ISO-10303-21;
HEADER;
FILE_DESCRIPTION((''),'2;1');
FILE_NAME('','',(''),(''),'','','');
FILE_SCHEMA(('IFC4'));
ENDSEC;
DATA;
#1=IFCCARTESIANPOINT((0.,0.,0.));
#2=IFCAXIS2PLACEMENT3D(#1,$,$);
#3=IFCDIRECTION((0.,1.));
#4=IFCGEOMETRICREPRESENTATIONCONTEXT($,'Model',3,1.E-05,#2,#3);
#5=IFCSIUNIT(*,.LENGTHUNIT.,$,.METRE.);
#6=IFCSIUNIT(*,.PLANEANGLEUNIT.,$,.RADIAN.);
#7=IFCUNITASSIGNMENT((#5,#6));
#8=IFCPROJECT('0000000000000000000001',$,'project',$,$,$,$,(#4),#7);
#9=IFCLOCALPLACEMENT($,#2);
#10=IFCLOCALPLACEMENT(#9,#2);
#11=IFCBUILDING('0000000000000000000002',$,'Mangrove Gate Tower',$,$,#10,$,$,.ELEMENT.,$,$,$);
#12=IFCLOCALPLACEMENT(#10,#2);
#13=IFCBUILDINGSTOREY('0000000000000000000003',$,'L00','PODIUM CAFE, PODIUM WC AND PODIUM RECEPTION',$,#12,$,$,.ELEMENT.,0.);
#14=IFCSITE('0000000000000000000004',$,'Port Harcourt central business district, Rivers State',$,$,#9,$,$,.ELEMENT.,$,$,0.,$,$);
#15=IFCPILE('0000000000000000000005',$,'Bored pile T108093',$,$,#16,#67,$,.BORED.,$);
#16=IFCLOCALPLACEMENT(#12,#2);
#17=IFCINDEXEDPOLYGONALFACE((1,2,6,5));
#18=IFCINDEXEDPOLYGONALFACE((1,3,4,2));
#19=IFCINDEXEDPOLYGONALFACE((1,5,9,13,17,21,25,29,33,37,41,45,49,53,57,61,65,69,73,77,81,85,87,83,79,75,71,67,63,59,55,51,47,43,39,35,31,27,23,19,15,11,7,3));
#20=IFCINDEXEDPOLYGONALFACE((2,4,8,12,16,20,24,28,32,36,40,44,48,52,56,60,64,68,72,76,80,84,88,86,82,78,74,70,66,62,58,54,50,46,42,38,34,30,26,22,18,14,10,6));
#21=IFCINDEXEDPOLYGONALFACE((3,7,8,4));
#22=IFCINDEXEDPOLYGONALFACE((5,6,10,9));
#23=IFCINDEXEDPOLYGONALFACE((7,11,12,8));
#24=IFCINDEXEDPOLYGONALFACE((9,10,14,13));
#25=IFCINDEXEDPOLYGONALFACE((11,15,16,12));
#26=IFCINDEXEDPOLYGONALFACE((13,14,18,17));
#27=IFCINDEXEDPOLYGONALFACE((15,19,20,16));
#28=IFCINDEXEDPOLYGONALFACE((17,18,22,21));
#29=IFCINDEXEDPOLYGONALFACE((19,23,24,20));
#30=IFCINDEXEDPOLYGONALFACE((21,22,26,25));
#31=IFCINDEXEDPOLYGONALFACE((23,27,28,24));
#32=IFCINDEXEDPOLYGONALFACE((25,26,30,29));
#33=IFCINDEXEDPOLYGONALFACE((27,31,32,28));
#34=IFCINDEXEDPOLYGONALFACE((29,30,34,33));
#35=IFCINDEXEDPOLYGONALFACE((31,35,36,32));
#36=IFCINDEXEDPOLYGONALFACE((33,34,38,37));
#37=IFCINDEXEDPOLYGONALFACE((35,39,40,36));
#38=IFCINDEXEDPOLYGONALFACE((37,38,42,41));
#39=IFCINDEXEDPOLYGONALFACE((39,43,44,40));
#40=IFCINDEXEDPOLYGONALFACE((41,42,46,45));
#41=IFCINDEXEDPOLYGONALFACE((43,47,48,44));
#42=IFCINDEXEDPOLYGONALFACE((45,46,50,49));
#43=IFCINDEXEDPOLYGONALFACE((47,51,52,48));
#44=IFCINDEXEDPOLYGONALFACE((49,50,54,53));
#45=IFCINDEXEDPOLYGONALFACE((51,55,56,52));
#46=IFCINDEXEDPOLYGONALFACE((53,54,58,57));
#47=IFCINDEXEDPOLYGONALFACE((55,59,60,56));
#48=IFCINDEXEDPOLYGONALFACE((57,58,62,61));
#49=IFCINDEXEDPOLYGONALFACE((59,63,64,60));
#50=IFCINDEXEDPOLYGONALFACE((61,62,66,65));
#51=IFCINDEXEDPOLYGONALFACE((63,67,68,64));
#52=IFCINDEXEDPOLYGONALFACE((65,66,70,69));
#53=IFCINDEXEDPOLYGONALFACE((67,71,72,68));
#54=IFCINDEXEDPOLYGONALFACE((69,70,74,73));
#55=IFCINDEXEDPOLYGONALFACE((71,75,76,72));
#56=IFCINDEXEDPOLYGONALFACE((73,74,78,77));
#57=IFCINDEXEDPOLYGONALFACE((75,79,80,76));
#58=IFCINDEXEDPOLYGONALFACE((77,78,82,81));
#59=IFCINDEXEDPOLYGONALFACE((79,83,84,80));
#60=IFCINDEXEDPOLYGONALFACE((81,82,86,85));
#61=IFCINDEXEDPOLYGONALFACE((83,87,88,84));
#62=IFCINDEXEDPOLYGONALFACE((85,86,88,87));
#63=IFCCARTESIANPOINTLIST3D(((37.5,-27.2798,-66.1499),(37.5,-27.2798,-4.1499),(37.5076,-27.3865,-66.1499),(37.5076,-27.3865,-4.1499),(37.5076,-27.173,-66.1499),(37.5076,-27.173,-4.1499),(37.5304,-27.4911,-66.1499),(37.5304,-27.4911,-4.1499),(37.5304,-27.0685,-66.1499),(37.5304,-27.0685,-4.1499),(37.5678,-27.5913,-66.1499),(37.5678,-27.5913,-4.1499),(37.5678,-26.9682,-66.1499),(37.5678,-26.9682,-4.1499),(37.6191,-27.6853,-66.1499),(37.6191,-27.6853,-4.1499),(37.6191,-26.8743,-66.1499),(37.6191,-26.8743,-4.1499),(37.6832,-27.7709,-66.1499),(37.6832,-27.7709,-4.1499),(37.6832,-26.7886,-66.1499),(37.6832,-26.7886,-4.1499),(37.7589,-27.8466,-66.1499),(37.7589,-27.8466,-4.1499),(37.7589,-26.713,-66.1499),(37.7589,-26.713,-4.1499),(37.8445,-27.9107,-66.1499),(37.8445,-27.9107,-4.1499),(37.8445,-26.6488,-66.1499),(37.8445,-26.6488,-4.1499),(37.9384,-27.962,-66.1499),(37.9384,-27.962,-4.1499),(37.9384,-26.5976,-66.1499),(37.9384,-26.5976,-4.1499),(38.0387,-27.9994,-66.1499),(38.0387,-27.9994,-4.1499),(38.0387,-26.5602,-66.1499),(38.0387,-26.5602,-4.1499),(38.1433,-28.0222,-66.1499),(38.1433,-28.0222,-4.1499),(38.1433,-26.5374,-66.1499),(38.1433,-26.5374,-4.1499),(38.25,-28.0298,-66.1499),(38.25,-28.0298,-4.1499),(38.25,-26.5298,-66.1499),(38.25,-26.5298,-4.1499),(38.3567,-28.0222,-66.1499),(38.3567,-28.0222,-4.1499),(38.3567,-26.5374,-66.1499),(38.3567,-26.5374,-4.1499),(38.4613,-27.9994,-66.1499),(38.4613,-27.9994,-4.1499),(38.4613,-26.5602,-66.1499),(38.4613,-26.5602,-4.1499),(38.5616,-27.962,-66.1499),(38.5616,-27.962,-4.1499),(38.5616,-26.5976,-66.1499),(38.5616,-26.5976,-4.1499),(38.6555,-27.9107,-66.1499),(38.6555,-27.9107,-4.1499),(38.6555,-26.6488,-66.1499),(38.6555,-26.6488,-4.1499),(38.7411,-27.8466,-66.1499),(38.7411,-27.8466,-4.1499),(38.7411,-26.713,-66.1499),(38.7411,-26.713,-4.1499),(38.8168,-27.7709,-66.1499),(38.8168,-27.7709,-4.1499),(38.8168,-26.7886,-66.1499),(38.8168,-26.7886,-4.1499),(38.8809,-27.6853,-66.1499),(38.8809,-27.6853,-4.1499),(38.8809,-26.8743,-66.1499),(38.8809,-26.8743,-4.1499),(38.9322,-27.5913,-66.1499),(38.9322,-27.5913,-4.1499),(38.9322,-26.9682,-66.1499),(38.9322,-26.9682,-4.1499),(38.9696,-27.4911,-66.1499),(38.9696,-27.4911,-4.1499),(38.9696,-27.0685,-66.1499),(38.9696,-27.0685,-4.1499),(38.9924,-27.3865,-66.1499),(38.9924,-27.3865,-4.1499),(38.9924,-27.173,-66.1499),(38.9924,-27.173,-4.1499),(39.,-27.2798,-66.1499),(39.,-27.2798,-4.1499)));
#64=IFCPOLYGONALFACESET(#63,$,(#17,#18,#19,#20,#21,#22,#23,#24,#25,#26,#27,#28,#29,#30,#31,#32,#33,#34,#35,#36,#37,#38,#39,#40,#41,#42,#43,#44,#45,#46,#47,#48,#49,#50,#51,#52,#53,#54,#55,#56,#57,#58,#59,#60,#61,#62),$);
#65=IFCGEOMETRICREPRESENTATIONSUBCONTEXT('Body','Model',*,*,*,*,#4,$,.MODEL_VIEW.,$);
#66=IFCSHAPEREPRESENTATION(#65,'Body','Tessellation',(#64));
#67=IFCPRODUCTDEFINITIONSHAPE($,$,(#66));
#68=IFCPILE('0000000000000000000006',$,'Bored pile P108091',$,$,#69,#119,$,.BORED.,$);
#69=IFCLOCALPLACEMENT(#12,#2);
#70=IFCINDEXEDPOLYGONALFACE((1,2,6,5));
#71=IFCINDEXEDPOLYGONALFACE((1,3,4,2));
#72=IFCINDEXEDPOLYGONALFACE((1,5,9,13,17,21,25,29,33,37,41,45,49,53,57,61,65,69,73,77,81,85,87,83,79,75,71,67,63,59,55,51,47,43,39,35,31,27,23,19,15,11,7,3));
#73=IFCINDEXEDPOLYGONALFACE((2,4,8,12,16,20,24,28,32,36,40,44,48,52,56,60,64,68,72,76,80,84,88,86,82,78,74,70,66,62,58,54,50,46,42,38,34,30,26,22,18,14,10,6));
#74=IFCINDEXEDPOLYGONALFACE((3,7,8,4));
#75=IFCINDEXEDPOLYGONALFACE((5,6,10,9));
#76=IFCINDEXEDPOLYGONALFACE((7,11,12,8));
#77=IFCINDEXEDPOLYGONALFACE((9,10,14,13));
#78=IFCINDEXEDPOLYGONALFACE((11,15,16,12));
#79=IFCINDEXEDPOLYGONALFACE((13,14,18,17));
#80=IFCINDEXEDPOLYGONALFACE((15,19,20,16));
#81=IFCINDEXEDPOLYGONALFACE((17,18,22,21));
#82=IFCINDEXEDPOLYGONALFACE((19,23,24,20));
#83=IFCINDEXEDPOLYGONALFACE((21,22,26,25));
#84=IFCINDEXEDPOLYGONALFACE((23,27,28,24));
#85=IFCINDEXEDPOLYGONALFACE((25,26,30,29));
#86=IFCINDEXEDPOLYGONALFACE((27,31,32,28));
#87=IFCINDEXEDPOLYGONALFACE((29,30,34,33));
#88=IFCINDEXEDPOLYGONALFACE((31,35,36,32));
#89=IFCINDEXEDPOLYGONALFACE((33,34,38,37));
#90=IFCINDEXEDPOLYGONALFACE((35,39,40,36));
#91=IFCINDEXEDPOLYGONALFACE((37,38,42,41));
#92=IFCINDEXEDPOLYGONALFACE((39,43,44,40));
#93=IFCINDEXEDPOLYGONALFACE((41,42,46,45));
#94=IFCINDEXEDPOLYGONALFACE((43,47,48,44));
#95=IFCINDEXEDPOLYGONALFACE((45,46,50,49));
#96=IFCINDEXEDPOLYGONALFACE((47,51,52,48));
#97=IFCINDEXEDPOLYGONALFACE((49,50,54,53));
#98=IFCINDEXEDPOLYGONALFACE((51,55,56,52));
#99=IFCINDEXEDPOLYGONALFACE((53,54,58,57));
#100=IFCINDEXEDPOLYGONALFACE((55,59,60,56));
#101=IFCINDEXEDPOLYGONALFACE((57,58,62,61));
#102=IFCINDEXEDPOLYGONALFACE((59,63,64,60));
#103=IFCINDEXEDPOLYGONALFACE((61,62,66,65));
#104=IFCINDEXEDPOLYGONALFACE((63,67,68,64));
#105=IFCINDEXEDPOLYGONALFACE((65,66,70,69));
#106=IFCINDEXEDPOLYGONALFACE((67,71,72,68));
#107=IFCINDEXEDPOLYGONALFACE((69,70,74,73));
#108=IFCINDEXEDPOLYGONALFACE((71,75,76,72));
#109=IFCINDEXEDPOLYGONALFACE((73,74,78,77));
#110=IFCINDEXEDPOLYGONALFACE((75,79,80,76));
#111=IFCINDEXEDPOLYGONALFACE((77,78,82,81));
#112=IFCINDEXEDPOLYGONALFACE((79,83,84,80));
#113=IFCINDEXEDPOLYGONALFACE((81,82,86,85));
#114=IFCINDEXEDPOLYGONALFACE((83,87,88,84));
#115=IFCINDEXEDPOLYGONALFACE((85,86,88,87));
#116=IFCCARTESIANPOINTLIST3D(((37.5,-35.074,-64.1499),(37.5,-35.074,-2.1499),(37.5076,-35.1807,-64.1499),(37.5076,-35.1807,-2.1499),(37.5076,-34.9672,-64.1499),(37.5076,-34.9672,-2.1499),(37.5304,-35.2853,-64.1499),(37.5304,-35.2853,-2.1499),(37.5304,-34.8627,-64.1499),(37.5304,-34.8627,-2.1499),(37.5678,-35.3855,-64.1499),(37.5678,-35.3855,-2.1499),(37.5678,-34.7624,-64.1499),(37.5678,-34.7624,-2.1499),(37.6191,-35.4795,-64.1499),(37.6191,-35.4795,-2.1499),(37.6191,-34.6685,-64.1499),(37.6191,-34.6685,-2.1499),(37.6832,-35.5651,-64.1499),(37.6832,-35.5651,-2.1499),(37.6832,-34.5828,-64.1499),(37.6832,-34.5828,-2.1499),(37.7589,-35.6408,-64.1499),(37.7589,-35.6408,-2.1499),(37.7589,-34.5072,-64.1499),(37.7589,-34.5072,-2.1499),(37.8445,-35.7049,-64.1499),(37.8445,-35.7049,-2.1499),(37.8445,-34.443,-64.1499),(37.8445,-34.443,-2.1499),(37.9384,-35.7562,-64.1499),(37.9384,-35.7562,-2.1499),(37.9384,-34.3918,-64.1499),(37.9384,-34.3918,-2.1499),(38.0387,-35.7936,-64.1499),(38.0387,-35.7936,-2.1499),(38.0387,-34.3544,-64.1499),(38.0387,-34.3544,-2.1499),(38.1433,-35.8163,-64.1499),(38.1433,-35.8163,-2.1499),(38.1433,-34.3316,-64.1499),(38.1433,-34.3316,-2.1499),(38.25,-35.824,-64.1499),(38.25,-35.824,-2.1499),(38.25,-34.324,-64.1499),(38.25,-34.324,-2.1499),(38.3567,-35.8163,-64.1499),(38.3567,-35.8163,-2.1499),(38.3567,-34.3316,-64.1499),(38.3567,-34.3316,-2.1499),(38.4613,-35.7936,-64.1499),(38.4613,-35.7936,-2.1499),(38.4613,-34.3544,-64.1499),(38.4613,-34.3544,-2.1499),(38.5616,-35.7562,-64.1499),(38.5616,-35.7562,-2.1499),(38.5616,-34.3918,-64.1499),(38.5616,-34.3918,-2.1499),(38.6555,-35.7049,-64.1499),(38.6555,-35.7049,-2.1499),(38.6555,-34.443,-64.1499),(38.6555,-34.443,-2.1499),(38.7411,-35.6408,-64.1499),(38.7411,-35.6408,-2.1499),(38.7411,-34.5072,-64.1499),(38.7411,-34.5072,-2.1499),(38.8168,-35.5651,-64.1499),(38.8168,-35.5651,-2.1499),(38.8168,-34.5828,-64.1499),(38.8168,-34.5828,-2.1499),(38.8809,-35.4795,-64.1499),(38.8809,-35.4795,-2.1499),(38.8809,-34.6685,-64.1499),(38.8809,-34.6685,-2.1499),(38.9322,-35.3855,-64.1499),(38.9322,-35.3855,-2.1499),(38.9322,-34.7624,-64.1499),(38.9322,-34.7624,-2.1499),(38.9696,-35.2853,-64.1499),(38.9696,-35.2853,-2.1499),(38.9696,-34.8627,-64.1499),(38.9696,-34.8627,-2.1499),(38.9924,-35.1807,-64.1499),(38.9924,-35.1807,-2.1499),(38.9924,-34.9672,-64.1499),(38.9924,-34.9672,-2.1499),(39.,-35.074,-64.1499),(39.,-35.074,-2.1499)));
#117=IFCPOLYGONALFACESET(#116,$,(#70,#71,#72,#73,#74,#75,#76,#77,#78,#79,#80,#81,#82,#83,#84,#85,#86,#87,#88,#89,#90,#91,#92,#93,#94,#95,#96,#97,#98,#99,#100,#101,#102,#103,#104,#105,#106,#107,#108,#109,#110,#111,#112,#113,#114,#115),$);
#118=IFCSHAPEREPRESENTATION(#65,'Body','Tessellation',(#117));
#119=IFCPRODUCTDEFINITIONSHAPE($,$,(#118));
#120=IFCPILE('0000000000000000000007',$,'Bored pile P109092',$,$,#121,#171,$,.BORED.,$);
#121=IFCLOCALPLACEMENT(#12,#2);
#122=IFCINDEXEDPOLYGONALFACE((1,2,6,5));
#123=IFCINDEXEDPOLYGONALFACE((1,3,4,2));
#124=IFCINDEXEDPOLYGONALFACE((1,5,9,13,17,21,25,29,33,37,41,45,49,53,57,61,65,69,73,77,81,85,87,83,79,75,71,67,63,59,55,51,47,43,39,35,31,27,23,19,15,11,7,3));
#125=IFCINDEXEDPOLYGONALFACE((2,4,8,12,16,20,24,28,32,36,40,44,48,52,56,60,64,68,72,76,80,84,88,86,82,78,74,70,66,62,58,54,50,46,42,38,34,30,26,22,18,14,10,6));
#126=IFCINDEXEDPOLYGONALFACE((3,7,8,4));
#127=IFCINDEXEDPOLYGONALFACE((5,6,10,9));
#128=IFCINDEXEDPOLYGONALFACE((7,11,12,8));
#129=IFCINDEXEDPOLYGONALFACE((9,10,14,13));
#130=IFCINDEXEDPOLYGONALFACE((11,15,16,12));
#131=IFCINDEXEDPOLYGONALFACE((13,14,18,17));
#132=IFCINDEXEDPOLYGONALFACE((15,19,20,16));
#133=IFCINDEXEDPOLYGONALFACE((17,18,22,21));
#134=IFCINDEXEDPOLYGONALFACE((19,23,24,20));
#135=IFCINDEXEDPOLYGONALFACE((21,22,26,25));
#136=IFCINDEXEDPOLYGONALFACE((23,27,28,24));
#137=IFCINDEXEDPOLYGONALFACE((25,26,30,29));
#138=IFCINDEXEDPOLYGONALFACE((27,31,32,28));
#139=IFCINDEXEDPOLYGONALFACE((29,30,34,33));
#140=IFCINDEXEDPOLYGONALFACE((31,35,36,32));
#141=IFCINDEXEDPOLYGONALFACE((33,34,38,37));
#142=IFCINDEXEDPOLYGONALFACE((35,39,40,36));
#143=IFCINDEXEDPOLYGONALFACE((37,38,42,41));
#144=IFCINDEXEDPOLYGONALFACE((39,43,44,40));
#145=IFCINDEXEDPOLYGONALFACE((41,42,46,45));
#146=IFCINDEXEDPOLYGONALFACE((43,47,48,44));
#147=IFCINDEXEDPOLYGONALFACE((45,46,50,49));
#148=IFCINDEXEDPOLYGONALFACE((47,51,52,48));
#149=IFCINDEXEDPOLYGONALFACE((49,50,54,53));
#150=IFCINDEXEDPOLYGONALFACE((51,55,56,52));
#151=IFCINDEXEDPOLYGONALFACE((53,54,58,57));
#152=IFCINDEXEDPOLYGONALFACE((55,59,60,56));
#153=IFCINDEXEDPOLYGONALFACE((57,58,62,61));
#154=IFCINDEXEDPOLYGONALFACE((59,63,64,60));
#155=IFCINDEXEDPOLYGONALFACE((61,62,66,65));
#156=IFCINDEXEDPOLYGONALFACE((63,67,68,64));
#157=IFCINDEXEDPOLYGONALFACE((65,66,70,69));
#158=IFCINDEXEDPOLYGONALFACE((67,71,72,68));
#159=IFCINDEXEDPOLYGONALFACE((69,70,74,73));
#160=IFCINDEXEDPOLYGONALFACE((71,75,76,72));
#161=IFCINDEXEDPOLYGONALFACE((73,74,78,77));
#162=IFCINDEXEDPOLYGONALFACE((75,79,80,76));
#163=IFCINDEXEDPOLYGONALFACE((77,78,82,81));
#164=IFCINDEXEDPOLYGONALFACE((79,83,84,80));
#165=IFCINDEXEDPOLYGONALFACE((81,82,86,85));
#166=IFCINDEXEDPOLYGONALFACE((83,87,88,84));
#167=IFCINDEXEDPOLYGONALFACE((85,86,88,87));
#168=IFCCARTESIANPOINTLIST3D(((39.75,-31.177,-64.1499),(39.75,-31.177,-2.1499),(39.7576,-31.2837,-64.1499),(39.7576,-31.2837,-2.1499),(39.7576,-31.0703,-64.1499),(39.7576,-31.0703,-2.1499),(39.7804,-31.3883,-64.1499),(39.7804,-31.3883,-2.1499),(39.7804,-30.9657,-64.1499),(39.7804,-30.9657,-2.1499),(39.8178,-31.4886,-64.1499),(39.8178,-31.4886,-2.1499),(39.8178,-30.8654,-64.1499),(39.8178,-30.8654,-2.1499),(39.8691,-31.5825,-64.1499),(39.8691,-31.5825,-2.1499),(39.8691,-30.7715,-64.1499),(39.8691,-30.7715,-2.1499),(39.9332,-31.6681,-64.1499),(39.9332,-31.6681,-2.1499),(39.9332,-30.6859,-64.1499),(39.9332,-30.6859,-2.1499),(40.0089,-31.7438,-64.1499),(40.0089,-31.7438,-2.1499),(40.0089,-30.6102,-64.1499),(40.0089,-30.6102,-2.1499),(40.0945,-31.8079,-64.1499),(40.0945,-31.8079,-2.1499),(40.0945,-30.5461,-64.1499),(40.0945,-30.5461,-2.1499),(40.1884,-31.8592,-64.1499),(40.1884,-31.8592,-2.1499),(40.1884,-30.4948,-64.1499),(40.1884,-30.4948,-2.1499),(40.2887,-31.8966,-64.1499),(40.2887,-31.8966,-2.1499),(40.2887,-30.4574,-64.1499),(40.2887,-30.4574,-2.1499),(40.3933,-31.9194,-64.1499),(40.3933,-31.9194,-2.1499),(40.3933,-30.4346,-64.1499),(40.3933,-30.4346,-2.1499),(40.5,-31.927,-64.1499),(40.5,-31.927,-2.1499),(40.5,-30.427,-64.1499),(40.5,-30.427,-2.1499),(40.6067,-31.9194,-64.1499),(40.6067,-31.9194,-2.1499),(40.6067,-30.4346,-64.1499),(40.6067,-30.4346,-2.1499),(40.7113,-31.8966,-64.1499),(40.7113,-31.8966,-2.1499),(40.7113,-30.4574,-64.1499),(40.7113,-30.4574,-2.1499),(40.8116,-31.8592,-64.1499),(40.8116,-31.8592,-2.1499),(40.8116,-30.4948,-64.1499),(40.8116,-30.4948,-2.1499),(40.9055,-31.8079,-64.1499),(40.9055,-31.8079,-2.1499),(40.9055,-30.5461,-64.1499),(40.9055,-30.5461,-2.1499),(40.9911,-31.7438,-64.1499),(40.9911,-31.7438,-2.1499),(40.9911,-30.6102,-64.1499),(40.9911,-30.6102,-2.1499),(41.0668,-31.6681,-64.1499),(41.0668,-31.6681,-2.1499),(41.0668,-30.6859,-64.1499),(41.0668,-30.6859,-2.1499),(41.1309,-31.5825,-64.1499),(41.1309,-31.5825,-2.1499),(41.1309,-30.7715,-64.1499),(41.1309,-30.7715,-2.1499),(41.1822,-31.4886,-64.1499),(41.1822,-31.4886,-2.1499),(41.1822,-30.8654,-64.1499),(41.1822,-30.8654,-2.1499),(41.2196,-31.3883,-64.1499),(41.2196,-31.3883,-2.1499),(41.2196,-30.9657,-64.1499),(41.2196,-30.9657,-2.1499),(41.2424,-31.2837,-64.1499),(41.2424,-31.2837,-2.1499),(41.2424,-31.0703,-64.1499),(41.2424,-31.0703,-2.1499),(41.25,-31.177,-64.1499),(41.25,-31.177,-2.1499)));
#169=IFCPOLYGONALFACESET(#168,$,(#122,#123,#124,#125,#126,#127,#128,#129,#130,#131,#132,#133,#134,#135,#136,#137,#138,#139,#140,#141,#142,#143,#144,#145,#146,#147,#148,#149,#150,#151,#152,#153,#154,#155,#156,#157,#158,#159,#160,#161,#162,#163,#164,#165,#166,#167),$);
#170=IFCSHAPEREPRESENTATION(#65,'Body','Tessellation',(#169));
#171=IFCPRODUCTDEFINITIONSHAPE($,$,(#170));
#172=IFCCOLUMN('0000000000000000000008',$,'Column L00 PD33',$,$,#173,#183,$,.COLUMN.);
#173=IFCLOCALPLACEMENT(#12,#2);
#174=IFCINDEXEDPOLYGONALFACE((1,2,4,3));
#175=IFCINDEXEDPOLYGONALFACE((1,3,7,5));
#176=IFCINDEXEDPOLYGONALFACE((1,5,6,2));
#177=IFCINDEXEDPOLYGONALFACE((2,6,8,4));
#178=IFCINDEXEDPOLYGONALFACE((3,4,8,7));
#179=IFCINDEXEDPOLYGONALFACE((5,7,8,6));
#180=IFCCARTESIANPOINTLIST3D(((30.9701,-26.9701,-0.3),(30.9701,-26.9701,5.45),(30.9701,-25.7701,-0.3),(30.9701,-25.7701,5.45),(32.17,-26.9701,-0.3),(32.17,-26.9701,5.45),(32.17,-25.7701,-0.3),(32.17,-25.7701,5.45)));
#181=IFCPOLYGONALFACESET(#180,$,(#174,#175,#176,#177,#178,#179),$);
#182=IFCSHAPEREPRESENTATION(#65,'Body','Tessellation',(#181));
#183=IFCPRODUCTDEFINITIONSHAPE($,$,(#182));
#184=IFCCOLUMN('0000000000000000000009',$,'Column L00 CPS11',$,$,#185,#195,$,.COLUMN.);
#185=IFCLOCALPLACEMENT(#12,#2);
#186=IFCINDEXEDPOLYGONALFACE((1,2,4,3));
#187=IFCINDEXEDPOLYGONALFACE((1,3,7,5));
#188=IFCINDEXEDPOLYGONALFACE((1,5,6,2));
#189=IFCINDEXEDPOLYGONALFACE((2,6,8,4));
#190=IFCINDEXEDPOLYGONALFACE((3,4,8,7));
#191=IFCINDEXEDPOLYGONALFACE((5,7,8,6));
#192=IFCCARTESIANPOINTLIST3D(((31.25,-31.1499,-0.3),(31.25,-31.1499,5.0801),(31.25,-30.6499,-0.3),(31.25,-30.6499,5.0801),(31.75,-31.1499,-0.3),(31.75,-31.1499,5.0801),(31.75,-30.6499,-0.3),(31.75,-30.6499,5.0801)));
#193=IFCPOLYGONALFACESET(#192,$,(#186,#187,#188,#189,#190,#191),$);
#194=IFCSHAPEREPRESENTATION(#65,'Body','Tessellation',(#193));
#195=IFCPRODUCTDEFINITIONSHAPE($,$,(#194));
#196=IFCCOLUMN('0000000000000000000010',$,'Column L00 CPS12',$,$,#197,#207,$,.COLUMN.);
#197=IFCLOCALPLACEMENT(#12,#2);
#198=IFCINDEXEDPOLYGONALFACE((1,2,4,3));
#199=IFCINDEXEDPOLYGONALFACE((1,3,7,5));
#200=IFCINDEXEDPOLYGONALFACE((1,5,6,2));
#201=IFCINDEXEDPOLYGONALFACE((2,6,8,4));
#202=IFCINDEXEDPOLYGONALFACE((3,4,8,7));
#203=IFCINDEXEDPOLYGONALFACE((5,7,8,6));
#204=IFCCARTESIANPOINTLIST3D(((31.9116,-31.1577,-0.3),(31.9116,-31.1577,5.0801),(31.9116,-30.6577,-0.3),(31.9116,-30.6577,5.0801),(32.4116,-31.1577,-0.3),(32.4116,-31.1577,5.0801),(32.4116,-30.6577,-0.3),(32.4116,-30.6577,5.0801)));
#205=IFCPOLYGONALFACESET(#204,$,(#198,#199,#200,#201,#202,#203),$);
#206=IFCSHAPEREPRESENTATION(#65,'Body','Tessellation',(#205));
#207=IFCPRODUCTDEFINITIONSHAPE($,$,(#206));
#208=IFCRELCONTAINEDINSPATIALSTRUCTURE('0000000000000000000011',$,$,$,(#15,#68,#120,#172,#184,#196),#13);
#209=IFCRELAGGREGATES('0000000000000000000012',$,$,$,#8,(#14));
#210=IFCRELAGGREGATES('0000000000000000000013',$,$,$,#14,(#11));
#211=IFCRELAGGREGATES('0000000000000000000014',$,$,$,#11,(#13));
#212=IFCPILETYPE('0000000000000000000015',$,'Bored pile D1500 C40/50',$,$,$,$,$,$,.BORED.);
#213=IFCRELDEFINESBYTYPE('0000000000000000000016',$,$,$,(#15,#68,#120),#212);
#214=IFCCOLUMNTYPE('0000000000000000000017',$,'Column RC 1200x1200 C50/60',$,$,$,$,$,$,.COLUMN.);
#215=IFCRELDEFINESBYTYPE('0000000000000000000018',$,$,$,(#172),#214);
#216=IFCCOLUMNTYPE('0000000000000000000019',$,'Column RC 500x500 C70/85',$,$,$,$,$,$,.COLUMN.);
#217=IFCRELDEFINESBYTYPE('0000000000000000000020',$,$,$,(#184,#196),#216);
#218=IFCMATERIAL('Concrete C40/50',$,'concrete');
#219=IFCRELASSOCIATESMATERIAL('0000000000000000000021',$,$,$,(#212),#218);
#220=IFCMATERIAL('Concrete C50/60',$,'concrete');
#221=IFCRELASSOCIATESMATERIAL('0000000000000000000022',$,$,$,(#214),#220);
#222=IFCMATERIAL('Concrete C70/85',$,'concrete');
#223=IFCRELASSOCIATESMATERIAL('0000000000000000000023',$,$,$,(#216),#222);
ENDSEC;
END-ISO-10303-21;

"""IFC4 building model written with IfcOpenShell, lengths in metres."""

from ifc_helpers import new_model, si_unit, direction, frame, origin, origin_2d, place, context, subcontext, project, spatial, rectangle, circle, extrude, material, material_profile, profile_set, type_object, element, save


model = new_model("IFC4")

# Units and contexts
model_context = context("Model", 3, precision=1e-05, world=origin(), true_north=direction((0.0, 1.0)))
body_context = subcontext(model_context, "Body", "Model", "MODEL_VIEW")
ifc_project = project(units=[si_unit("LENGTHUNIT", "METRE"), si_unit("PLANEANGLEUNIT", "RADIAN")], contexts=[model_context])

# Site, building, storey
site_placement = place(None, origin())
site = spatial("IfcSite", under=ifc_project, at=site_placement, Name="Port Harcourt central business district, Rivers State", CompositionType="ELEMENT", RefElevation=0.0)
building_placement = place(site_placement, origin())
building = spatial("IfcBuilding", under=site, at=building_placement, Name="Mangrove Gate Tower", CompositionType="ELEMENT")
storey_placement = place(building_placement, origin())
storey = spatial("IfcBuildingStorey", under=building, at=storey_placement, Name="L00", Description="PODIUM CAFE, PODIUM WC AND PODIUM RECEPTION", CompositionType="ELEMENT", Elevation=0.0)

# Piles
ifc_material_1 = material(Name="Concrete C40/50", Category="concrete")
ifc_material_profile_1 = material_profile(ifc_material_1, circle(Radius=0.75, at=origin_2d()))
ifc_profile_set_1 = profile_set([ifc_material_profile_1], Name="Concrete C40/50")
pile_type = type_object("IfcPileType", Name="Bored pile D1500 C40/50", PredefinedType="BORED", material=ifc_profile_set_1)
for number, where, z_axis, x_axis, name in (
    (1, (38.25, -27.2798, -4.1499), (0.0, 0.0, -1.0), (1.0, 0.0, 0.0), "Bored pile T108093"),
    (2, (38.25, -35.074, -2.1499), (0.0, 0.0, -1.0), (1.0, 0.0, 0.0), "Bored pile P108091"),
    (3, (40.5, -31.177, -2.1499), (0.0, 0.0, -1.0), (1.0, 0.0, 0.0), "Bored pile P109092"),
):
    element("IfcPile", number, at=place(storey_placement, frame(where, z_axis=z_axis, x_axis=x_axis)), inside=storey, type_object=pile_type, Name=name, PredefinedType="BORED", context=body_context, shape_type="SweptSolid", body=[
        extrude(circle(Radius=0.75, at=origin_2d()), origin(), (0.0, 0.0, 1.0), 62.0),
    ])

# Columns
ifc_material_2 = material(Name="Concrete C50/60", Category="concrete")
ifc_material_profile_2 = material_profile(ifc_material_2, rectangle(XDim=1.2, YDim=1.2, at=origin_2d()))
ifc_profile_set_2 = profile_set([ifc_material_profile_2], Name="Concrete C50/60")
column_type_1 = type_object("IfcColumnType", Name="Column RC 1200x1200 C50/60", PredefinedType="COLUMN", material=ifc_profile_set_2)
column_placement = place(storey_placement, frame((31.5701, -26.3701, -0.3), z_axis=(0.0, 0.0, 1.0), x_axis=(1.0, 0.0, 0.0)))
element("IfcColumn", 4, at=column_placement, inside=storey, type_object=column_type_1, Name="Column L00 PD33", PredefinedType="COLUMN", context=body_context, shape_type="SweptSolid", body=[
    extrude(rectangle(XDim=1.2, YDim=1.2, at=origin_2d()), origin(), (0.0, 0.0, 1.0), 5.75),
])
ifc_material_3 = material(Name="Concrete C70/85", Category="concrete")
ifc_material_profile_3 = material_profile(ifc_material_3, rectangle(XDim=0.5, YDim=0.5, at=origin_2d()))
ifc_profile_set_3 = profile_set([ifc_material_profile_3], Name="Concrete C70/85")
column_type_2 = type_object("IfcColumnType", Name="Column RC 500x500 C70/85", PredefinedType="COLUMN", material=ifc_profile_set_3)
for number, where, z_axis, x_axis, name in (
    (5, (31.5, -30.8999, -0.3), (0.0, 0.0, 1.0), (1.0, 0.0, 0.0), "Column L00 CPS11"),
    (6, (32.1616, -30.9077, -0.3), (0.0, 0.0, 1.0), (1.0, 0.0, 0.0), "Column L00 CPS12"),
):
    element("IfcColumn", number, at=place(storey_placement, frame(where, z_axis=z_axis, x_axis=x_axis)), inside=storey, type_object=column_type_2, Name=name, PredefinedType="COLUMN", context=body_context, shape_type="SweptSolid", body=[
        extrude(rectangle(XDim=0.5, YDim=0.5, at=origin_2d()), origin(), (0.0, 0.0, 1.0), 5.3801),
    ])

save(model, "model.ifc")
